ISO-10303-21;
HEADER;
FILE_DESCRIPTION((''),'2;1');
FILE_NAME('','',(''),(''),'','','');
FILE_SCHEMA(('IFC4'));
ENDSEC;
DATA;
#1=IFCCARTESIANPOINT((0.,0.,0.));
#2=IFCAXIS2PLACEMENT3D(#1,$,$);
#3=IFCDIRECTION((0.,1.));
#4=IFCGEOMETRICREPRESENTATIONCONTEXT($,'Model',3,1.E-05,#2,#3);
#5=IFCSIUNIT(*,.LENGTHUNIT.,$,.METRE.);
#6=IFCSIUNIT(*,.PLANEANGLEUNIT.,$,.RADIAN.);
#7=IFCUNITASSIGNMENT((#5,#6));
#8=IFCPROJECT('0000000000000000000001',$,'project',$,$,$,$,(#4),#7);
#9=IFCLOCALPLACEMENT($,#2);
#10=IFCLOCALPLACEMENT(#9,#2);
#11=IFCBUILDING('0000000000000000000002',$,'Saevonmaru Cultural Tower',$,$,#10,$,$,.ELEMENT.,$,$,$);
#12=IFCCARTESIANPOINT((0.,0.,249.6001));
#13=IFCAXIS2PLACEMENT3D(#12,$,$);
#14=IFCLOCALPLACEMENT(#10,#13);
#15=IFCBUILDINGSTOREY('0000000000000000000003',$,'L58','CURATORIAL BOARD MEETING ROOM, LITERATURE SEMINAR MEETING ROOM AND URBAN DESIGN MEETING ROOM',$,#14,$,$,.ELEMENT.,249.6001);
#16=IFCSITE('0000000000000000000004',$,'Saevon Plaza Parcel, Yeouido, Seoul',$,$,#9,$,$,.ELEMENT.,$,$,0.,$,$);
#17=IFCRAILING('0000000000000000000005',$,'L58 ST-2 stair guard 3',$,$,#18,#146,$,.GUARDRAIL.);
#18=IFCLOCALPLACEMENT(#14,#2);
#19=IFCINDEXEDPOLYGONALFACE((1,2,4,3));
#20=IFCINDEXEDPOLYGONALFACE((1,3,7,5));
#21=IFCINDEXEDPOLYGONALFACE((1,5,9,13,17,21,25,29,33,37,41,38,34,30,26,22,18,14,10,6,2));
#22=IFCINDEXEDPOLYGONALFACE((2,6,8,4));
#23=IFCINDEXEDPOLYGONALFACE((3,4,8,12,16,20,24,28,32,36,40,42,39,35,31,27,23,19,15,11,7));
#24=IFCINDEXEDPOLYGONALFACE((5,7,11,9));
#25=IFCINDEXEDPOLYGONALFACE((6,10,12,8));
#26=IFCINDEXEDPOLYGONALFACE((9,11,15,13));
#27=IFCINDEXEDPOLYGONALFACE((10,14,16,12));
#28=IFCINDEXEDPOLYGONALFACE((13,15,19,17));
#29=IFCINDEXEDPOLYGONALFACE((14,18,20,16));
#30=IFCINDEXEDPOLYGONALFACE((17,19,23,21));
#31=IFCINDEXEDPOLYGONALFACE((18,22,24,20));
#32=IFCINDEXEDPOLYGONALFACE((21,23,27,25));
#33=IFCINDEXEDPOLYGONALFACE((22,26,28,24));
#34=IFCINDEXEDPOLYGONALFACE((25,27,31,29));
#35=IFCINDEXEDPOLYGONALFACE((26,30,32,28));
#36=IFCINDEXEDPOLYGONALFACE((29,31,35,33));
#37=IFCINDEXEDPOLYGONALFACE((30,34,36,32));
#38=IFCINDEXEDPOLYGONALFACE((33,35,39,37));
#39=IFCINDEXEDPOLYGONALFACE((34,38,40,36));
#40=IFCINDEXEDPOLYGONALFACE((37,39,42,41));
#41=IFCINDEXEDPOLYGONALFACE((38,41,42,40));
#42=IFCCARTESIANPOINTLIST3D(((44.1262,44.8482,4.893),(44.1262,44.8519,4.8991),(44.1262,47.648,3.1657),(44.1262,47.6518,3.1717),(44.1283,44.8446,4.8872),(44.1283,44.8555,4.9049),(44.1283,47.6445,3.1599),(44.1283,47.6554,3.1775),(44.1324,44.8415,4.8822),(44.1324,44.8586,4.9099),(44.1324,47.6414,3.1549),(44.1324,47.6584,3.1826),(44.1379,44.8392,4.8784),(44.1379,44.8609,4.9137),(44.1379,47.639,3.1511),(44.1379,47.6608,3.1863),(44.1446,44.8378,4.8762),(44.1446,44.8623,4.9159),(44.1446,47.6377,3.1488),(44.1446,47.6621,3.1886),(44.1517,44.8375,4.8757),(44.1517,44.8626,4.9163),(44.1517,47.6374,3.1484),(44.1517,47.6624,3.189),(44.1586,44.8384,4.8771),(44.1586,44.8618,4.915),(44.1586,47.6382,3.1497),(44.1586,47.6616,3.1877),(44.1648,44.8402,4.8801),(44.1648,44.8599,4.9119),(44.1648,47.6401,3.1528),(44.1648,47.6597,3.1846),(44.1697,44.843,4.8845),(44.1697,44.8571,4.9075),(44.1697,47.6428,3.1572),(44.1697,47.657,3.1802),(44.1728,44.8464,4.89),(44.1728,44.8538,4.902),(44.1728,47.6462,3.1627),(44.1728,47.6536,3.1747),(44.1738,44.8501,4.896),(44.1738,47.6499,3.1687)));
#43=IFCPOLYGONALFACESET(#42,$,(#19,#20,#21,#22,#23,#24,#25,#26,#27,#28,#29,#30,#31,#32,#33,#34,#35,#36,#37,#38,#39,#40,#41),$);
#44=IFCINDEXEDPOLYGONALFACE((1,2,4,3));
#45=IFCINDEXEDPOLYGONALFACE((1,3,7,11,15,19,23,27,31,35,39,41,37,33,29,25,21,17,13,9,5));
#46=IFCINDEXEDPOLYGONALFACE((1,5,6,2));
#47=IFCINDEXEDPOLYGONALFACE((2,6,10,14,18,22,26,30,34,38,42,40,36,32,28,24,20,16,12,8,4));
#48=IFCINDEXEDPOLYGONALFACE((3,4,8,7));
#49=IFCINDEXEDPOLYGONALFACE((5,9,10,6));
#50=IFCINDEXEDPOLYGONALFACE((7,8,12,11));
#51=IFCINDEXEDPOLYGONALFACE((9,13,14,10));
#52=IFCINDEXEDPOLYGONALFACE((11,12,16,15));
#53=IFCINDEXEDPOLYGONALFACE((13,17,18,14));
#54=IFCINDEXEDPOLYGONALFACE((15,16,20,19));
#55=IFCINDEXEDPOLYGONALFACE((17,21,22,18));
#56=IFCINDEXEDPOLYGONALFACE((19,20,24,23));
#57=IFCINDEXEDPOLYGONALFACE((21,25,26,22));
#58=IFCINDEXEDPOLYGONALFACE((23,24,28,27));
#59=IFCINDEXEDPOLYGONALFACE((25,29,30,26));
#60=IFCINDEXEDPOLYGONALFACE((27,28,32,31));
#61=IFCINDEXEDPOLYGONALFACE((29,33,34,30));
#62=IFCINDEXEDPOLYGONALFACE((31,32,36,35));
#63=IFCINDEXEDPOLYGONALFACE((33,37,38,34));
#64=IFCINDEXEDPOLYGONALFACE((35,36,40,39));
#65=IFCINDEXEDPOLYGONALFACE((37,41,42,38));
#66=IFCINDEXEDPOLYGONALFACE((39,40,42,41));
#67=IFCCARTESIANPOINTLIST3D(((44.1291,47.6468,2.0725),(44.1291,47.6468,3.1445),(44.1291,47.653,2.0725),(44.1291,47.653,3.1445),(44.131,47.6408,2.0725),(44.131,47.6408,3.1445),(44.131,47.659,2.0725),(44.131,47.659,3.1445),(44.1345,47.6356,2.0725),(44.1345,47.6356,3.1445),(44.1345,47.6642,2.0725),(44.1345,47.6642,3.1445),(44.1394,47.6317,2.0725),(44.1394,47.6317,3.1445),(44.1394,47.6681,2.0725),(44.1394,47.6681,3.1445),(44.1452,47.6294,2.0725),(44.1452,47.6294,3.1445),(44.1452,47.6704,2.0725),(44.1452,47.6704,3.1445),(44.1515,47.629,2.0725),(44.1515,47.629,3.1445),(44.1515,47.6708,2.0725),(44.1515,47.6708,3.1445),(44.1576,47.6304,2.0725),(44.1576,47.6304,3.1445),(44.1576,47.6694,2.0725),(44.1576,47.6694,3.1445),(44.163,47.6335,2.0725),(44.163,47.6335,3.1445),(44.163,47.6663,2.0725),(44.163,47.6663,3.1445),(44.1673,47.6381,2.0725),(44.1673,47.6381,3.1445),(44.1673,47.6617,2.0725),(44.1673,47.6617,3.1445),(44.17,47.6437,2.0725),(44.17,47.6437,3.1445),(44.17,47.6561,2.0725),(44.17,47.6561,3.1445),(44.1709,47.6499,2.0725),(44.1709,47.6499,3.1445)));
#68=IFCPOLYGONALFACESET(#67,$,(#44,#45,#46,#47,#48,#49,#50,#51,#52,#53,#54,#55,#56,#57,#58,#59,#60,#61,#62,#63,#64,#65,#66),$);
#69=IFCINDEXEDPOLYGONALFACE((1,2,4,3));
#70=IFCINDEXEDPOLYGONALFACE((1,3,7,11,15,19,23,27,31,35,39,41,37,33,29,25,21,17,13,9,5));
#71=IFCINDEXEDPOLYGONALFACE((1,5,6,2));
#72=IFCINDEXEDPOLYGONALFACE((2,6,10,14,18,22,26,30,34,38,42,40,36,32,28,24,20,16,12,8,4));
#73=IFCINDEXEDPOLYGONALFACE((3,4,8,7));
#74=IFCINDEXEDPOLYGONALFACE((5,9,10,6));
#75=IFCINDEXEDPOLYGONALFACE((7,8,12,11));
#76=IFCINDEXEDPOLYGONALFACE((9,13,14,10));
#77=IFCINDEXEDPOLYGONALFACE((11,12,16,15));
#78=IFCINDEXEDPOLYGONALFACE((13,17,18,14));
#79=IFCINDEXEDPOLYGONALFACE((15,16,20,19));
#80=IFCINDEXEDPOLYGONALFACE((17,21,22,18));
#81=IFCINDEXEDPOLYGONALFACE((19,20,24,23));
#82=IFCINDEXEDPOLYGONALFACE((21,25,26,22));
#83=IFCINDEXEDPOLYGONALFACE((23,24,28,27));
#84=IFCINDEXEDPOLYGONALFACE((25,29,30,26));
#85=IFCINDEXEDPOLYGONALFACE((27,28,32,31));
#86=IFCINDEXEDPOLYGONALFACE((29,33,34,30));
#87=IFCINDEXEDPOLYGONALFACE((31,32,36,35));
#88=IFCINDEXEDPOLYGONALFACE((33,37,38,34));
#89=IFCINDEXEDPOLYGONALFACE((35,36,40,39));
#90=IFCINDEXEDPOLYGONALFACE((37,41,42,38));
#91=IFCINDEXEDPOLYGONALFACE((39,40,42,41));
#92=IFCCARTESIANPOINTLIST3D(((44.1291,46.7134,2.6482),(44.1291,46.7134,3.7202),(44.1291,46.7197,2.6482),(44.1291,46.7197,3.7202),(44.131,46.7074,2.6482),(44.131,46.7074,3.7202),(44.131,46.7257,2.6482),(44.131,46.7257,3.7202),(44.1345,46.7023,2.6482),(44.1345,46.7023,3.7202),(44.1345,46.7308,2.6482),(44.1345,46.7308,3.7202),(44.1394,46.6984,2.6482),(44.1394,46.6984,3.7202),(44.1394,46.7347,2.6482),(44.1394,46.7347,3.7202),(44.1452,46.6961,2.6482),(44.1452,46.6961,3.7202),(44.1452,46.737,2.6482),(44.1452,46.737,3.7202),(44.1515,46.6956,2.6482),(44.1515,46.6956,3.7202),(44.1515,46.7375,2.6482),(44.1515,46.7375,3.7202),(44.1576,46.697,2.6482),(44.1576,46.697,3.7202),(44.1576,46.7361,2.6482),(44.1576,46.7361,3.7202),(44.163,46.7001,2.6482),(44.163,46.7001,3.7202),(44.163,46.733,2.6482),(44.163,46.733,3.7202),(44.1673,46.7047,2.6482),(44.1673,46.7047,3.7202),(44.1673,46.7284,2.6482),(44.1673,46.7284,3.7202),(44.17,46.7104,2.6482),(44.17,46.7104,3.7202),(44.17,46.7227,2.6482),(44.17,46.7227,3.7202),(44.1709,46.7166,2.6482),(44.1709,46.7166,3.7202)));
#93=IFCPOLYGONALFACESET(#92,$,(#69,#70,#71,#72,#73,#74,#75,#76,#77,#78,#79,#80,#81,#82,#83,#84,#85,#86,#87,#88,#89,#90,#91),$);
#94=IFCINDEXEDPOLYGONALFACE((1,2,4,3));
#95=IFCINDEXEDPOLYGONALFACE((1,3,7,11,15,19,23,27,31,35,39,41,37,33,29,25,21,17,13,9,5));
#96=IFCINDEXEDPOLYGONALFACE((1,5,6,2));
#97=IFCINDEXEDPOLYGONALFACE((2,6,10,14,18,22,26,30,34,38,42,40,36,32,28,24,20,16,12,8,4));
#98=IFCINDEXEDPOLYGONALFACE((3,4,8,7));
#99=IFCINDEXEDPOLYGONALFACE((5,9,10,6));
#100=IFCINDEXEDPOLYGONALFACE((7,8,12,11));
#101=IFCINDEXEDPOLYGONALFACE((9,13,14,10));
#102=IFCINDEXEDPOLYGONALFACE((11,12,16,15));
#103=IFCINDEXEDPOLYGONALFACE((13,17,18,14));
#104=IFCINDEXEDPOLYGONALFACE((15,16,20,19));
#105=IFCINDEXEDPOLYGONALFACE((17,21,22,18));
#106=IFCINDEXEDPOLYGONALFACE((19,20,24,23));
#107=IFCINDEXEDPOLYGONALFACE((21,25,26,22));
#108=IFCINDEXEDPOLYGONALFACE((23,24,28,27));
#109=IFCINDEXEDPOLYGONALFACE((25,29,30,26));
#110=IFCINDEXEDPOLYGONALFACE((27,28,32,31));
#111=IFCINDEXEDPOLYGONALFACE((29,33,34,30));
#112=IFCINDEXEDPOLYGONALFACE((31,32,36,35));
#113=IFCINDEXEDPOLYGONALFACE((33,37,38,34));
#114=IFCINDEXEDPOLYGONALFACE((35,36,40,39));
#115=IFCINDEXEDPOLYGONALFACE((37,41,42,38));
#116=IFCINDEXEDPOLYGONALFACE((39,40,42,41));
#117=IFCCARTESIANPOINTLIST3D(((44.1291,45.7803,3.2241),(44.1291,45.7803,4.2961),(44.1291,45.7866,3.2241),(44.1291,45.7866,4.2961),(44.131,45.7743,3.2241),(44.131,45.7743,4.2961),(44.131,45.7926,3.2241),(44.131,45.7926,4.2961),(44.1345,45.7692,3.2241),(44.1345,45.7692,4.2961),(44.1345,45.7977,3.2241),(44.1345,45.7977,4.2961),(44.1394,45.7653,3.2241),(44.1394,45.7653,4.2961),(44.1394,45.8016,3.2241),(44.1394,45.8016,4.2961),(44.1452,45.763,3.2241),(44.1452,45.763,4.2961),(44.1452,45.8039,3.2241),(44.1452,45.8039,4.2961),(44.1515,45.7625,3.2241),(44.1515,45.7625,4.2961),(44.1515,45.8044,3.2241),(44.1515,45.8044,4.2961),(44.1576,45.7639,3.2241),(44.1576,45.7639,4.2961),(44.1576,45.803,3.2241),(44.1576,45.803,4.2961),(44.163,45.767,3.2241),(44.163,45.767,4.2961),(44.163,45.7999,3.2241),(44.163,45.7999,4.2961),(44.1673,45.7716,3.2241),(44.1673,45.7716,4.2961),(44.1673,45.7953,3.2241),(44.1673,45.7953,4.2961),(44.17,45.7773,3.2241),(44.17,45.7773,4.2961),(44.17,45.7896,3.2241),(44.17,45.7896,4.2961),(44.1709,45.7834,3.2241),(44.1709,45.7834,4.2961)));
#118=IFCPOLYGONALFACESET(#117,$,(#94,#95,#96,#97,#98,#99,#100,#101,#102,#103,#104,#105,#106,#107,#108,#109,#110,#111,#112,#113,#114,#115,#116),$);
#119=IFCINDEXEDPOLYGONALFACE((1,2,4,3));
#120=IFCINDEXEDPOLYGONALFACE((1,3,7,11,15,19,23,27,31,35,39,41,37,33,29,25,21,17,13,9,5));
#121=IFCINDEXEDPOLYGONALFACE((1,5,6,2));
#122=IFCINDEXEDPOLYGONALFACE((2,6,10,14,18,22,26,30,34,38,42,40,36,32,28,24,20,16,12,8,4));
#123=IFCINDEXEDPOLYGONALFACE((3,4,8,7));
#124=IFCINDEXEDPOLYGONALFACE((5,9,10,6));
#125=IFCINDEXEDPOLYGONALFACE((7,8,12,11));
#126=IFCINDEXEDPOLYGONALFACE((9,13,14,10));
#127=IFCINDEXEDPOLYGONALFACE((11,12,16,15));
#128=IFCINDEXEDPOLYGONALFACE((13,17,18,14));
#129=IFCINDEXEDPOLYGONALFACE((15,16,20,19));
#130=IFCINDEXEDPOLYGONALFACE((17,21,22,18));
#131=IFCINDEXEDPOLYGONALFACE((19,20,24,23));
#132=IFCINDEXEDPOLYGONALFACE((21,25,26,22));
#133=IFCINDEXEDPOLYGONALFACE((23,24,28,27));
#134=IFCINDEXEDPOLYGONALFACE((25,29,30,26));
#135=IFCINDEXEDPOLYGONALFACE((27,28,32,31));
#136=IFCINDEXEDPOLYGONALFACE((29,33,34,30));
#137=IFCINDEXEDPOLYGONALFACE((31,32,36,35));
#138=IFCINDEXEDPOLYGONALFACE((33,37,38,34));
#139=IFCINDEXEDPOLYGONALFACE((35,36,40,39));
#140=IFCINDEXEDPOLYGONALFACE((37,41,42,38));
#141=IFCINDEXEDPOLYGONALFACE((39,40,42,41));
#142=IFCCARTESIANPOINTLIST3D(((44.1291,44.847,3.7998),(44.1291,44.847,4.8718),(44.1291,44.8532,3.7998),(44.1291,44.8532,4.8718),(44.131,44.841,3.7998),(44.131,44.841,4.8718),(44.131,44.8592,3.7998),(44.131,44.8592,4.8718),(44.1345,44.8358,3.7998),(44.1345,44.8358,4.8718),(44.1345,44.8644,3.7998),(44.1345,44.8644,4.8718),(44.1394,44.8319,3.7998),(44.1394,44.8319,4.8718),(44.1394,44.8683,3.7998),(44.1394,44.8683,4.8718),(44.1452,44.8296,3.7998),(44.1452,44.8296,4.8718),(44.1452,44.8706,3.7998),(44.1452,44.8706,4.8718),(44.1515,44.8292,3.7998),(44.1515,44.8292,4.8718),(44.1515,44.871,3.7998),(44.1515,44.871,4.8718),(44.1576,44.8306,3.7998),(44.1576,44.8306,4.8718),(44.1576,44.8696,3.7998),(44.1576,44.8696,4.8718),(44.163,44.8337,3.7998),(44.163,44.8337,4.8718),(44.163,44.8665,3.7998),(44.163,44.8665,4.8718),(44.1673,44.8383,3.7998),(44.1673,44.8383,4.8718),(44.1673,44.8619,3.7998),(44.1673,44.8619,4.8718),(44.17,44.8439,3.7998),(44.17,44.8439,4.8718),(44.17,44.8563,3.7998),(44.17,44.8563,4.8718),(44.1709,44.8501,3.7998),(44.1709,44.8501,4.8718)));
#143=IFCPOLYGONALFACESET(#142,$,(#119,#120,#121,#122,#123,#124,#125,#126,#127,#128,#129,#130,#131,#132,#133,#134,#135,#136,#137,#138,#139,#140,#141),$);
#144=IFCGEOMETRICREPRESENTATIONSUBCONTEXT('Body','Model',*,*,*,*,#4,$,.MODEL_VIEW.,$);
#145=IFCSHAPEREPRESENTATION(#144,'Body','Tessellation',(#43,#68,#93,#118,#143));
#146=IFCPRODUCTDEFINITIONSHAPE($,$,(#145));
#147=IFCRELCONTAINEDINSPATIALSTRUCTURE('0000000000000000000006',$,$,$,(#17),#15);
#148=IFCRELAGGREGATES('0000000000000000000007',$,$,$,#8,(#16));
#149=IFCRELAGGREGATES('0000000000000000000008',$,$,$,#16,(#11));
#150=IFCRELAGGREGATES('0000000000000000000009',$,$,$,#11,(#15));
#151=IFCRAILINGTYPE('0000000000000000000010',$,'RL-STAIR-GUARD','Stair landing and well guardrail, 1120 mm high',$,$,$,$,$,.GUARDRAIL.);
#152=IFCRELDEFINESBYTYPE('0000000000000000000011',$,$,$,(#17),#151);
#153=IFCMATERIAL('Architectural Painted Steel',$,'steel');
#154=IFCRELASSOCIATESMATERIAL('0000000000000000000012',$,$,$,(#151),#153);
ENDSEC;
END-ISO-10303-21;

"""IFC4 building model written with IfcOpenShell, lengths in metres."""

from ifc_helpers import new_model, si_unit, direction, frame, origin, origin_2d, place, context, subcontext, project, spatial, circle, extrude, material, type_object, element, save


model = new_model("IFC4")

# Units and contexts
model_context = context("Model", 3, precision=1e-05, world=origin(), true_north=direction((0.0, 1.0)))
body_context = subcontext(model_context, "Body", "Model", "MODEL_VIEW")
ifc_project = project(units=[si_unit("LENGTHUNIT", "METRE"), si_unit("PLANEANGLEUNIT", "RADIAN")], contexts=[model_context])

# Site, building, storey
site_placement = place(None, origin())
site = spatial("IfcSite", under=ifc_project, at=site_placement, Name="Saevon Plaza Parcel, Yeouido, Seoul", CompositionType="ELEMENT", RefElevation=0.0)
building_placement = place(site_placement, origin())
building = spatial("IfcBuilding", under=site, at=building_placement, Name="Saevonmaru Cultural Tower", CompositionType="ELEMENT")
storey_placement = place(building_placement, frame((0.0, 0.0, 249.6001)))
storey = spatial("IfcBuildingStorey", under=building, at=storey_placement, Name="L58", Description="CURATORIAL BOARD MEETING ROOM, LITERATURE SEMINAR MEETING ROOM AND URBAN DESIGN MEETING ROOM", CompositionType="ELEMENT", Elevation=249.6001)

# Railing
ifc_material_1 = material(Name="Architectural Painted Steel", Category="steel")
railing_type_1 = type_object("IfcRailingType", Name="RL-STAIR-GUARD", Description="Stair landing and well guardrail, 1120 mm high", PredefinedType="GUARDRAIL", material=ifc_material_1)
railing_1_placement = place(storey_placement, frame((44.1499, 47.6499, 2.0725)))
element("IfcRailing", 1, at=railing_1_placement, inside=storey, type_object=railing_type_1, Name="L58 ST-2 stair guard 3", PredefinedType="GUARDRAIL", context=body_context, shape_type="SweptSolid", body=[
    extrude(circle(Radius=0.0239, at=origin_2d()), frame((0.0, 0.0, 1.0962), z_axis=(0.0, -0.851069, 0.525054), x_axis=(1.0, 0.0, 0.0)), (0.0, 0.0, 1.0), 3.2898),
    extrude(circle(Radius=0.021, at=origin_2d()), origin(), (0.0, 0.0, 1.0), 1.072),
    extrude(circle(Radius=0.021, at=origin_2d()), frame((0.0, -0.9333, 0.5757)), (0.0, 0.0, 1.0), 1.072),
    extrude(circle(Radius=0.021, at=origin_2d()), frame((0.0, -1.8665, 1.1516)), (0.0, 0.0, 1.0), 1.072),
    extrude(circle(Radius=0.021, at=origin_2d()), frame((0.0, -2.7998, 1.7273)), (0.0, 0.0, 1.0), 1.072),
])

save(model, "model.ifc")
